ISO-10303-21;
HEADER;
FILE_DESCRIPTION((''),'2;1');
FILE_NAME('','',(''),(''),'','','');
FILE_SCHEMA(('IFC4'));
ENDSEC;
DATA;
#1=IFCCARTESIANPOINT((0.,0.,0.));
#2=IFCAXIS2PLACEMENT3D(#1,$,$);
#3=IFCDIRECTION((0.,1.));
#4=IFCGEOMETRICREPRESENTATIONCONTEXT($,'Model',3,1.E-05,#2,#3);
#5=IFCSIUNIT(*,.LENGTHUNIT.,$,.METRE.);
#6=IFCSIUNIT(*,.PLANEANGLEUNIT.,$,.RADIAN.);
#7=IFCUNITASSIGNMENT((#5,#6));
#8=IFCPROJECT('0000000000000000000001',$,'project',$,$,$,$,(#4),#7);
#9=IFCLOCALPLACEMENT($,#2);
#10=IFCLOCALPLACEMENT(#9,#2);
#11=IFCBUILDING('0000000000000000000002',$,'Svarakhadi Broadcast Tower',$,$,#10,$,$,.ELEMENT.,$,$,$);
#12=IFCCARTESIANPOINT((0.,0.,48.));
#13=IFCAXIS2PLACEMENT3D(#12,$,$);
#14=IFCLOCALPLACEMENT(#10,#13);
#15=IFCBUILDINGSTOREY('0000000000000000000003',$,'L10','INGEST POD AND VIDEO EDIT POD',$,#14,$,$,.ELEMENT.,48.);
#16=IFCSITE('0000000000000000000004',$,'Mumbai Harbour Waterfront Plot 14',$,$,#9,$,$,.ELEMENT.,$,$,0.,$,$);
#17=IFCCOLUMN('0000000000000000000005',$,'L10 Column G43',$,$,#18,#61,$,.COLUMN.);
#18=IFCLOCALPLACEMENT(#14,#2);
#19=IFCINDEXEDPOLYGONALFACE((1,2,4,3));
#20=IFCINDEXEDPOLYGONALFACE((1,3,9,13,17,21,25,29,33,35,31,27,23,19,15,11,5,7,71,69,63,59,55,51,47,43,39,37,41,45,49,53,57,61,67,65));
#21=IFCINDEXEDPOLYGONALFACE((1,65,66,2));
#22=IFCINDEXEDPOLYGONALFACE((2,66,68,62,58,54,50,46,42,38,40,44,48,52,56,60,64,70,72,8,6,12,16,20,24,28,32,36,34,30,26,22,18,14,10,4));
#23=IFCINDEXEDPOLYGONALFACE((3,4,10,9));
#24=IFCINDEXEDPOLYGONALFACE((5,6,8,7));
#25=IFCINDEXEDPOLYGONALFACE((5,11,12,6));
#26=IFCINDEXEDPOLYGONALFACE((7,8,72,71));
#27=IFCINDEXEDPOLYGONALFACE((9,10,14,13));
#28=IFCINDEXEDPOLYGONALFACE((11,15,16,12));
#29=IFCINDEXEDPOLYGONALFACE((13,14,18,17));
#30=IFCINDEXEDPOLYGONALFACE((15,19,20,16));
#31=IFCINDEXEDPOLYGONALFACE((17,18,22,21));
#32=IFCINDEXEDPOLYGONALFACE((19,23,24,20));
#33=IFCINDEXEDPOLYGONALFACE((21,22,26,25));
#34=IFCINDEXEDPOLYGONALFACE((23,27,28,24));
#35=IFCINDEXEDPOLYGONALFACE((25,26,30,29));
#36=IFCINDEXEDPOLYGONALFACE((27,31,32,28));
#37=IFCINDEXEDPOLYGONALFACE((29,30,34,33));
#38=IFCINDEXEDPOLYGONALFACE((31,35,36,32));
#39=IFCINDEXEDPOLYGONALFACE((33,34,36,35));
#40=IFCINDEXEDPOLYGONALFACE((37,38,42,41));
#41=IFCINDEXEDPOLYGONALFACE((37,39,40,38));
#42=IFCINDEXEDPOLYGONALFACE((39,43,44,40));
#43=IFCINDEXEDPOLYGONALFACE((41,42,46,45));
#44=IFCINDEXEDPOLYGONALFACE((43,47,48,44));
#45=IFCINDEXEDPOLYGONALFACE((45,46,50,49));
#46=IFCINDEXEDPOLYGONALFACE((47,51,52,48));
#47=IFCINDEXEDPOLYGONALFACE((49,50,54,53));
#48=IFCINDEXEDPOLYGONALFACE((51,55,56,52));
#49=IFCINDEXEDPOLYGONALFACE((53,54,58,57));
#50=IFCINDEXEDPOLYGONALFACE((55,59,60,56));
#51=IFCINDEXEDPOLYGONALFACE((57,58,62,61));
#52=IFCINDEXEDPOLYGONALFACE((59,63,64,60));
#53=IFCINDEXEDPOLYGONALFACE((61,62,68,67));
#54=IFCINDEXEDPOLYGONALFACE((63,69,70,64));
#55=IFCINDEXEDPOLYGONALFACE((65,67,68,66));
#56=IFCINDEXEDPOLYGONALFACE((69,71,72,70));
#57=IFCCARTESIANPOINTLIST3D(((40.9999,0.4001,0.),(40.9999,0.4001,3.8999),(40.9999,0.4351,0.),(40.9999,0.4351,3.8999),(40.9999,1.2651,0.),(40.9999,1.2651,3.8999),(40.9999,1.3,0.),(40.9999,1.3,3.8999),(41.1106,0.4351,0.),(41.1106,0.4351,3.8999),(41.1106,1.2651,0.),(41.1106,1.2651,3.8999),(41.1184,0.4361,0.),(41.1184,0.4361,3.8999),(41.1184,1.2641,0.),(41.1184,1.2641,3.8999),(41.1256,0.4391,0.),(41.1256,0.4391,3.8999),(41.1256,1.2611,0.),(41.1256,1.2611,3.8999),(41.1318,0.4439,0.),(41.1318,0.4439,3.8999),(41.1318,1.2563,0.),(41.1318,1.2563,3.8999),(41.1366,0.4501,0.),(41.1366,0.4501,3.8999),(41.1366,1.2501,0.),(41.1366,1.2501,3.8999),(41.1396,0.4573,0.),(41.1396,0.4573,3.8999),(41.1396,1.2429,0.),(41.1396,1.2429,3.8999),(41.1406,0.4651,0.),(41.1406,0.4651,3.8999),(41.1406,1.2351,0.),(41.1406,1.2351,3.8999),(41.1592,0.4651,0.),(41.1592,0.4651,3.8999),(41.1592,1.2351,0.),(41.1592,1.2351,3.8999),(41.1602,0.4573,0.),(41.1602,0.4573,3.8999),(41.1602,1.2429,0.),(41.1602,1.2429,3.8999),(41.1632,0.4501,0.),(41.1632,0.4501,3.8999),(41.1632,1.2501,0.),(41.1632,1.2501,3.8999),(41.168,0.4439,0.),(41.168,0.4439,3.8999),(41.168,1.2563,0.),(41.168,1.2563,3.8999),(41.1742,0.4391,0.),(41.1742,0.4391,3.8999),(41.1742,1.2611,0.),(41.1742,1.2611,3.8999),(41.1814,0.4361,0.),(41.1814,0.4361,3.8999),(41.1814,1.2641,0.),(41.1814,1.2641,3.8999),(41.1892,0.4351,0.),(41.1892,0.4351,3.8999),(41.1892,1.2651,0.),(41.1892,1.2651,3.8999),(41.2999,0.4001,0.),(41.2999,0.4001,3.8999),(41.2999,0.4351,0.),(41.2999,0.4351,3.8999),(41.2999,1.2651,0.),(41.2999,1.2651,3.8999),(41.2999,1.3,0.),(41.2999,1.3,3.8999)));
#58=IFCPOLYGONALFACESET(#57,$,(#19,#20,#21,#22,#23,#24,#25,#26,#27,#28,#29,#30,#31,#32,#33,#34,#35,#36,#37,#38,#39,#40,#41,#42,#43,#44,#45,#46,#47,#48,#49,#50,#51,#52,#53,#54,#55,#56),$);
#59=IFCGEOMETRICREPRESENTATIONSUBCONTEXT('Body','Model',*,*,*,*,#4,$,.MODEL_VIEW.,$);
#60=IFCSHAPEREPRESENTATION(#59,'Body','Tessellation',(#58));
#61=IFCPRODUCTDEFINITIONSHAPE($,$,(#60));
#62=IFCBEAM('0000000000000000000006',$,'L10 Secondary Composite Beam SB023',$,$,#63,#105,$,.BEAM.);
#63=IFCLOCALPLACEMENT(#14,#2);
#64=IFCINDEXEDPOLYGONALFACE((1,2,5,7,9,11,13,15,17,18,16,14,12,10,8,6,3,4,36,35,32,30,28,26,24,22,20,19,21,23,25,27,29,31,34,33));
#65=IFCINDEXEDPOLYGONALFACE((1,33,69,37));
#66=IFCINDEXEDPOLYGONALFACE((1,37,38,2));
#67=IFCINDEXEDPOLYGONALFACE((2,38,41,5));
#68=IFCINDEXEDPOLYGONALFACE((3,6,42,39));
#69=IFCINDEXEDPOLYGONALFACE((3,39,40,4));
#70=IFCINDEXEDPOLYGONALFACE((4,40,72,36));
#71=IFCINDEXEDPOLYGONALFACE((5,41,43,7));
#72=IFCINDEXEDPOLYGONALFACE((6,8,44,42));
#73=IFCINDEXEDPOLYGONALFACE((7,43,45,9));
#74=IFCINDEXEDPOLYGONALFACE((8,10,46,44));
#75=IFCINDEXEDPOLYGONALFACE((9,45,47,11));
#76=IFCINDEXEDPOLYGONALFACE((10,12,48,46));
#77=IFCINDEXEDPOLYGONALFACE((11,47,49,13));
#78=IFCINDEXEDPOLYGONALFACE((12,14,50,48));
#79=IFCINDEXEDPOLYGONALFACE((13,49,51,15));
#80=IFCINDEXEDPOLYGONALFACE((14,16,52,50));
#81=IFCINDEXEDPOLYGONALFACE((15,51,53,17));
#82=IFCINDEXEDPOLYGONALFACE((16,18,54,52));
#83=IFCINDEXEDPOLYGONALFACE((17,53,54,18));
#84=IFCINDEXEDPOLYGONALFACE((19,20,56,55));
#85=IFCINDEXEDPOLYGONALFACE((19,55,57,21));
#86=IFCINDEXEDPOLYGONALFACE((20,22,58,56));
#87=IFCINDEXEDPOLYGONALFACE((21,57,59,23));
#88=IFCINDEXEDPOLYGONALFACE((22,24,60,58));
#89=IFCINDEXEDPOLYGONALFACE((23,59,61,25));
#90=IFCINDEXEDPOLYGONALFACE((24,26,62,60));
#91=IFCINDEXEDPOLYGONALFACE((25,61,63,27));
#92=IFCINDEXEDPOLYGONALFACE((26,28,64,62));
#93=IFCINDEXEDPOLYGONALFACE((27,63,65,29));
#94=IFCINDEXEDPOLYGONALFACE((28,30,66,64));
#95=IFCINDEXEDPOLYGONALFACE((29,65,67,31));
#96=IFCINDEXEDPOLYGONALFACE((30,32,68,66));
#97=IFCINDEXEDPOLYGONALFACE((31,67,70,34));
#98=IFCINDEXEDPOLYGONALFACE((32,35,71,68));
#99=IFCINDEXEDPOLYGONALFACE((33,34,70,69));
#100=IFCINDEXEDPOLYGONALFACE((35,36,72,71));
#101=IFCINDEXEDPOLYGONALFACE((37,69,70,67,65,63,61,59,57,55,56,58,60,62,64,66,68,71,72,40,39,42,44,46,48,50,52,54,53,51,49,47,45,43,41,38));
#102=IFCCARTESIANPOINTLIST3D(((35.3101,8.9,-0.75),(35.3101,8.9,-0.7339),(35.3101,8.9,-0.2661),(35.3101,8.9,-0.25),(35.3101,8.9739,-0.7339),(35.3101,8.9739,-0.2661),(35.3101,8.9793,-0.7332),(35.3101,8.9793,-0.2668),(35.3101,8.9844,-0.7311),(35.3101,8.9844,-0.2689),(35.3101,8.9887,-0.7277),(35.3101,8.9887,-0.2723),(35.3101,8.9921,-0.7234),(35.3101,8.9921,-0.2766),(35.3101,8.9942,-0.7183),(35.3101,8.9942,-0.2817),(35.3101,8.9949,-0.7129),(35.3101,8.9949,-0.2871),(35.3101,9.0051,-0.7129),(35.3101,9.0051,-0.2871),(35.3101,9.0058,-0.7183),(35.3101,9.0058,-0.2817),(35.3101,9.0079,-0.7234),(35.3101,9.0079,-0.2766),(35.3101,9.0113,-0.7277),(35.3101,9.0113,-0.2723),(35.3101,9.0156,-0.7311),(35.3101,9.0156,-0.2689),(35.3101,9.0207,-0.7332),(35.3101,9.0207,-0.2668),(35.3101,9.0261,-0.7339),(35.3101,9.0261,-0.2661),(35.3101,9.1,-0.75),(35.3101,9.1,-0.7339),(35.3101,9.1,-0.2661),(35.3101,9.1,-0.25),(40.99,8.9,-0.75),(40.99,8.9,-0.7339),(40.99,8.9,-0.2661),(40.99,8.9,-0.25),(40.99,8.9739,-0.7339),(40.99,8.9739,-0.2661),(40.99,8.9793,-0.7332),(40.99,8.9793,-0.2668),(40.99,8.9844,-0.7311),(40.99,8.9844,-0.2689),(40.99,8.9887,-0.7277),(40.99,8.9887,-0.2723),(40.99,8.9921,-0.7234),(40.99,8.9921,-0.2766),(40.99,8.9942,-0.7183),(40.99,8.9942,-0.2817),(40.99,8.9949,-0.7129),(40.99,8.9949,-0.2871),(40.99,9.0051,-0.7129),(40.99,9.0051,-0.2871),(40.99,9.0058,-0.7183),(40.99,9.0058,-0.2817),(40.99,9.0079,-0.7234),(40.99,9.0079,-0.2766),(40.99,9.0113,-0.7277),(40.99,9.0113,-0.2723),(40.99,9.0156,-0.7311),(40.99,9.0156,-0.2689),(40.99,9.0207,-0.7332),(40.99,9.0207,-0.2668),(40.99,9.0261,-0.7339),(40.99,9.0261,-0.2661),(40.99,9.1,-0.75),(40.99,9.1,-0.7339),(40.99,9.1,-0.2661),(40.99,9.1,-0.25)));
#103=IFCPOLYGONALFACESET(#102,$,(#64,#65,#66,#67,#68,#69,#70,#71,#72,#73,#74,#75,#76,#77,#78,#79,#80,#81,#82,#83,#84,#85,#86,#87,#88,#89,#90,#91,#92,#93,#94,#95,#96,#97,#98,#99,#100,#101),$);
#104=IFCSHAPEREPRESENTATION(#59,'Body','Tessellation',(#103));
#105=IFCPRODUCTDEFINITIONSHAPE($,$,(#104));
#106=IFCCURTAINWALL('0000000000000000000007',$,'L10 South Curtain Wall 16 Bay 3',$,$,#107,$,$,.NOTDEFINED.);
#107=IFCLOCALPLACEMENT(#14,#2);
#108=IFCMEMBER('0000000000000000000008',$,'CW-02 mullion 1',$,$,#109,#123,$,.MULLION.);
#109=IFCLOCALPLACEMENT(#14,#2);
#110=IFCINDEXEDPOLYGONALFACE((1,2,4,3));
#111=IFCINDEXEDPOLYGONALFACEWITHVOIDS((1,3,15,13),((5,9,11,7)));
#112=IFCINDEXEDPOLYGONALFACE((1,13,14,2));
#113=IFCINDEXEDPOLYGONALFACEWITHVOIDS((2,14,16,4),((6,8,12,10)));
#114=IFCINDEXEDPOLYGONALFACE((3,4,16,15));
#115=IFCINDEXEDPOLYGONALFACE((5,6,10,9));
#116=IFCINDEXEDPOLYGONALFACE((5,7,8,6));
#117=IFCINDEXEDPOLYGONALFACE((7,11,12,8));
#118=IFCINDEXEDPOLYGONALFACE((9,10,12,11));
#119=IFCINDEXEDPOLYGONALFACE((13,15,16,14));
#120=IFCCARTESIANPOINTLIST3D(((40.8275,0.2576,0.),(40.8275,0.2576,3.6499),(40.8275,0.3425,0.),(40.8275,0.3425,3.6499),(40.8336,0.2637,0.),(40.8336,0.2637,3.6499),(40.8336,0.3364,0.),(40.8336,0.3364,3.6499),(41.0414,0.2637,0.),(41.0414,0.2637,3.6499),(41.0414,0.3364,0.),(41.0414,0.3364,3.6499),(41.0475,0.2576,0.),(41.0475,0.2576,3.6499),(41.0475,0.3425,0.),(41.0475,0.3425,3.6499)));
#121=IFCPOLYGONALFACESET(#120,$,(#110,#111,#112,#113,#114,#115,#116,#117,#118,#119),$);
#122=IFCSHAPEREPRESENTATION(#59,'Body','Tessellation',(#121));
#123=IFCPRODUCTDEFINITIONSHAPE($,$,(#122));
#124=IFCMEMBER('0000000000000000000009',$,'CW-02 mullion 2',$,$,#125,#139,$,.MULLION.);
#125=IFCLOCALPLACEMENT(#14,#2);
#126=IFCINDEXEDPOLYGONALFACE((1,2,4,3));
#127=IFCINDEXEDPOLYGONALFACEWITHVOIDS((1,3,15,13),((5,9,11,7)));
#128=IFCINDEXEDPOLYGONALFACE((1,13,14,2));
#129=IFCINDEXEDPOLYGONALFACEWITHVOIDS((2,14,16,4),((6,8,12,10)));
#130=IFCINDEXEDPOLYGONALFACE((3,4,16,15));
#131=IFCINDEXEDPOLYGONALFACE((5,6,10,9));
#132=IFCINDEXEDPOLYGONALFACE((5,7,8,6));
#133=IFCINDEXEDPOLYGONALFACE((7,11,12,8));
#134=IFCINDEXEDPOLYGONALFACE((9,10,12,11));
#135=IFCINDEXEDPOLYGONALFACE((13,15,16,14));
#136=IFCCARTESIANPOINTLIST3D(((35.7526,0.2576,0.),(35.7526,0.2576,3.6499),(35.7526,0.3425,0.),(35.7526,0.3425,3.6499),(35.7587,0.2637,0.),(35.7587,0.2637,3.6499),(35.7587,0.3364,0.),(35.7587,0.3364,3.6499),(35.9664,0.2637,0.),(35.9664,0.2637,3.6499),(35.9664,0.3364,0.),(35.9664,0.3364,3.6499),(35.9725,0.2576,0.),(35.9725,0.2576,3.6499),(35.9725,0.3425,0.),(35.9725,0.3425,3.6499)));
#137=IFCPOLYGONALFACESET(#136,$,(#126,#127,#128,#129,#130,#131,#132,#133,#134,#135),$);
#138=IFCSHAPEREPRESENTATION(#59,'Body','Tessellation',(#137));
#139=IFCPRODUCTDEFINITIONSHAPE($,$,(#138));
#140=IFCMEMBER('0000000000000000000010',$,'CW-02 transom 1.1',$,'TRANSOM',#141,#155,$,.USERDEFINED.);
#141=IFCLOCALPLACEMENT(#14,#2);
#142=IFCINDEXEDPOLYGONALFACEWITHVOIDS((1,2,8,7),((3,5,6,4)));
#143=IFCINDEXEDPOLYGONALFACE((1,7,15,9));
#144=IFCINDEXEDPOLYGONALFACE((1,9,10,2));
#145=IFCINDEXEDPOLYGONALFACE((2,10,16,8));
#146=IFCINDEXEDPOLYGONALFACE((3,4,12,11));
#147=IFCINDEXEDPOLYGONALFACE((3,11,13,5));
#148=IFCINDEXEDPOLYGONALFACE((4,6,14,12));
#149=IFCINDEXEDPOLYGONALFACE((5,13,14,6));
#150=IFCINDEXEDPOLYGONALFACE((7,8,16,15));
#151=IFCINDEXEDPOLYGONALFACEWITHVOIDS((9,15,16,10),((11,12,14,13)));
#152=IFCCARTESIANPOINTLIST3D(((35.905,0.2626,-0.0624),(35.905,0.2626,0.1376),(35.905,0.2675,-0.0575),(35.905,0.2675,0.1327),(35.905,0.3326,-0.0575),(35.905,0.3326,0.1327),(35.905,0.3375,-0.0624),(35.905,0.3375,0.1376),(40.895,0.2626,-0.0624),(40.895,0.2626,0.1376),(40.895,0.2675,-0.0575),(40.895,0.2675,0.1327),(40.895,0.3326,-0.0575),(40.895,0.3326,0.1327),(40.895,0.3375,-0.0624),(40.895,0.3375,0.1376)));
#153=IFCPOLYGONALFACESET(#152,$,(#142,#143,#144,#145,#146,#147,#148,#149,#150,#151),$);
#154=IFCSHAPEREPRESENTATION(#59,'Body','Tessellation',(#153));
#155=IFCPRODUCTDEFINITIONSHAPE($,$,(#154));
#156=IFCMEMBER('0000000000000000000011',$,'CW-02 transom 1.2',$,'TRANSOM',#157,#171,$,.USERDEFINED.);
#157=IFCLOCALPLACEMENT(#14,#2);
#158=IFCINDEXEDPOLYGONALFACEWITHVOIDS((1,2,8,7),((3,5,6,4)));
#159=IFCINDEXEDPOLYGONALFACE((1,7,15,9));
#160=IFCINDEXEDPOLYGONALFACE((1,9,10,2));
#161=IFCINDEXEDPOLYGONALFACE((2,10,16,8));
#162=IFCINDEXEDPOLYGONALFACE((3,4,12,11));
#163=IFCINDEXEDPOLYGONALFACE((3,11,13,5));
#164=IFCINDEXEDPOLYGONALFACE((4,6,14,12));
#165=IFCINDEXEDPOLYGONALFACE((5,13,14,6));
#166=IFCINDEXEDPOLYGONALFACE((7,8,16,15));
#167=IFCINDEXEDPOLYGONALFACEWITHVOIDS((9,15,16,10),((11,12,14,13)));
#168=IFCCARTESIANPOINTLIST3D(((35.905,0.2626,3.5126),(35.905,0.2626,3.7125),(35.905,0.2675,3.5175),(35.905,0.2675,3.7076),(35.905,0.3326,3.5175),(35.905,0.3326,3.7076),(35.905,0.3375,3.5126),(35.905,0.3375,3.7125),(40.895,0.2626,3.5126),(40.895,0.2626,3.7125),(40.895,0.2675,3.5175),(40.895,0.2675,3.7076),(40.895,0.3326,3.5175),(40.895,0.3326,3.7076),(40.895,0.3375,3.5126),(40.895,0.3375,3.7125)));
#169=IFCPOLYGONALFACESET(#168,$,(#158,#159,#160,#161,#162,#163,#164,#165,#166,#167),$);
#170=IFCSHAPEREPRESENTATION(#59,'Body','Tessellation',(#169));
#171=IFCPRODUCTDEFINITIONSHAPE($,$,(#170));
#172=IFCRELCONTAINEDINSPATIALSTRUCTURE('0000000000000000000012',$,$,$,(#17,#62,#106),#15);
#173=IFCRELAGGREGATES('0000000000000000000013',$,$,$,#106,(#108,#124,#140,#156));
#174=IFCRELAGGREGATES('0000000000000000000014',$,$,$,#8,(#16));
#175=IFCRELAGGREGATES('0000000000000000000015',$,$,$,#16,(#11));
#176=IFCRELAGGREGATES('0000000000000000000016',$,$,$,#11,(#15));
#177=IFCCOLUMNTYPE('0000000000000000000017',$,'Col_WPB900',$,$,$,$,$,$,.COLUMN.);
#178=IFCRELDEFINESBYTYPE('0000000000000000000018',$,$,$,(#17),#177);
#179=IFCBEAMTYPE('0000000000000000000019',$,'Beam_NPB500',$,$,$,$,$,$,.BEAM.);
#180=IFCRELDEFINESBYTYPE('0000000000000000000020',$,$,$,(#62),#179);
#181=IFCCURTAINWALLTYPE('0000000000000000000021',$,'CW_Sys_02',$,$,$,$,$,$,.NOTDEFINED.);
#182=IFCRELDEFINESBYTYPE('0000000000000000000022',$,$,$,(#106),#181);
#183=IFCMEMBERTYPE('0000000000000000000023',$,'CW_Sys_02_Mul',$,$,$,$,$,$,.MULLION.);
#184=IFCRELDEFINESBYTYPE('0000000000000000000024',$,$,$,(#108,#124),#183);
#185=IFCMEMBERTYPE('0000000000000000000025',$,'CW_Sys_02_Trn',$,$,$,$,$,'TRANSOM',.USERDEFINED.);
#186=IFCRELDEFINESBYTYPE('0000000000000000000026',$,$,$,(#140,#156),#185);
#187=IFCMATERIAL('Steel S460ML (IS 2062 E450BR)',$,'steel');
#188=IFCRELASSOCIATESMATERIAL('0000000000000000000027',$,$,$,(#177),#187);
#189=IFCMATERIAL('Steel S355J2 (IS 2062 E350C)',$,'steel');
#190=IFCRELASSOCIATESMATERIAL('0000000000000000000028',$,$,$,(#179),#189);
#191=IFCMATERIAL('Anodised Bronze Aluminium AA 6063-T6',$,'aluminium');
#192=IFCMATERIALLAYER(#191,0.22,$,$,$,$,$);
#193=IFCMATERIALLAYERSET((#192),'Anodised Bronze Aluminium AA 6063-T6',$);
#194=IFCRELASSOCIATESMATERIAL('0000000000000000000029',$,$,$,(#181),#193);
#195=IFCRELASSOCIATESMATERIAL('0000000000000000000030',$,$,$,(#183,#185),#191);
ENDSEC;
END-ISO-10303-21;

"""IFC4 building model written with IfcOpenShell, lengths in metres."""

from ifc_helpers import new_model, si_unit, direction, frame, origin, origin_2d, place, context, subcontext, project, spatial, hollow_rectangle, i_section, extrude, material, layer, layer_set, material_profile, profile_set, type_object, element, aggregate, save


model = new_model("IFC4")

# Units and contexts
model_context = context("Model", 3, precision=1e-05, world=origin(), true_north=direction((0.0, 1.0)))
body_context = subcontext(model_context, "Body", "Model", "MODEL_VIEW")
ifc_project = project(units=[si_unit("LENGTHUNIT", "METRE"), si_unit("PLANEANGLEUNIT", "RADIAN")], contexts=[model_context])

# Site, building, storey
site_placement = place(None, origin())
site = spatial("IfcSite", under=ifc_project, at=site_placement, Name="Mumbai Harbour Waterfront Plot 14", CompositionType="ELEMENT", RefElevation=0.0)
building_placement = place(site_placement, origin())
building = spatial("IfcBuilding", under=site, at=building_placement, Name="Svarakhadi Broadcast Tower", CompositionType="ELEMENT")
storey_placement = place(building_placement, frame((0.0, 0.0, 48.0)))
storey = spatial("IfcBuildingStorey", under=building, at=storey_placement, Name="L10", Description="INGEST POD AND VIDEO EDIT POD", CompositionType="ELEMENT", Elevation=48.0)

# Column
ifc_material_1 = material(Name="Steel S460ML (IS 2062 E450BR)", Category="steel")
ifc_material_profile_1 = material_profile(ifc_material_1, i_section(OverallWidth=0.3, OverallDepth=0.8999, WebThickness=0.0186, FlangeThickness=0.0349, FilletRadius=0.03, at=origin_2d()), Name="WPB 900x300x291")
ifc_profile_set_1 = profile_set([ifc_material_profile_1], Name="Steel S460ML (IS 2062 E450BR)")
column_type = type_object("IfcColumnType", Name="Col_WPB900", PredefinedType="COLUMN", material=ifc_profile_set_1)
column_placement = place(storey_placement, frame((41.1499, 0.8501, 0.0), z_axis=(0.0, 0.0, 1.0), x_axis=(1.0, 0.0, 0.0)))
element("IfcColumn", 1, at=column_placement, inside=storey, type_object=column_type, Name="L10 Column G43", PredefinedType="COLUMN", context=body_context, shape_type="SweptSolid", body=[
    extrude(i_section(OverallWidth=0.3, OverallDepth=0.8999, WebThickness=0.0186, FlangeThickness=0.0349, FilletRadius=0.03, at=origin_2d()), origin(), (0.0, 0.0, 1.0), 3.8999),
])

# Beam
ifc_material_2 = material(Name="Steel S355J2 (IS 2062 E350C)", Category="steel")
ifc_material_profile_2 = material_profile(ifc_material_2, i_section(OverallWidth=0.2, OverallDepth=0.5, WebThickness=0.0103, FlangeThickness=0.0161, FilletRadius=0.021, at=origin_2d()), Name="NPB 500x200x91")
ifc_profile_set_2 = profile_set([ifc_material_profile_2], Name="Steel S355J2 (IS 2062 E350C)")
beam_type_1 = type_object("IfcBeamType", Name="Beam_NPB500", PredefinedType="BEAM", material=ifc_profile_set_2)
beam_1_placement = place(storey_placement, frame((35.3101, 9.0, -0.5), z_axis=(1.0, 0.0, 0.0), x_axis=(0.0, 1.0, 0.0)))
element("IfcBeam", 2, at=beam_1_placement, inside=storey, type_object=beam_type_1, Name="L10 Secondary Composite Beam SB023", PredefinedType="BEAM", context=body_context, shape_type="SweptSolid", body=[
    extrude(i_section(OverallWidth=0.2, OverallDepth=0.5, WebThickness=0.0103, FlangeThickness=0.0161, FilletRadius=0.021, at=origin_2d()), origin(), (0.0, 0.0, 1.0), 5.6799),
])

# Curtain wall, members
ifc_material_3 = material(Name="Anodised Bronze Aluminium AA 6063-T6", Category="aluminium")
ifc_layer_1 = layer(ifc_material_3, 0.22)
ifc_layer_set_1 = layer_set([ifc_layer_1], Name="Anodised Bronze Aluminium AA 6063-T6")
curtain_wall_type = type_object("IfcCurtainWallType", Name="CW_Sys_02", PredefinedType="NOTDEFINED", material=ifc_layer_set_1)
curtain_wall_placement = place(storey_placement, origin())
curtain_wall = element("IfcCurtainWall", 3, at=curtain_wall_placement, inside=storey, type_object=curtain_wall_type, Name="L10 South Curtain Wall 16 Bay 3", PredefinedType="NOTDEFINED")
ifc_material_profile_3 = material_profile(ifc_material_3, hollow_rectangle(XDim=0.085, YDim=0.22, WallThickness=0.0061, at=origin_2d()), Name="ALU MULLION 220x85x6")
ifc_profile_set_3 = profile_set([ifc_material_profile_3], Name="Anodised Bronze Aluminium AA 6063-T6")
member_type_1 = type_object("IfcMemberType", Name="CW_Sys_02_Mul", PredefinedType="MULLION", material=ifc_profile_set_3)
member_1_placement = place(storey_placement, frame((40.9375, 0.3, 0.0), z_axis=(0.0, 0.0, 1.0), x_axis=(0.0, -1.0, 0.0)))
member_1 = element("IfcMember", 4, at=member_1_placement, type_object=member_type_1, Name="CW-02 mullion 1", PredefinedType="MULLION", context=body_context, shape_type="SweptSolid", body=[
    extrude(hollow_rectangle(XDim=0.085, YDim=0.22, WallThickness=0.0061, at=origin_2d()), origin(), (0.0, 0.0, 1.0), 3.6499),
])
member_2_placement = place(storey_placement, frame((35.8625, 0.3, 0.0), z_axis=(0.0, 0.0, 1.0), x_axis=(0.0, -1.0, 0.0)))
member_2 = element("IfcMember", 5, at=member_2_placement, type_object=member_type_1, Name="CW-02 mullion 2", PredefinedType="MULLION", context=body_context, shape_type="SweptSolid", body=[
    extrude(hollow_rectangle(XDim=0.085, YDim=0.22, WallThickness=0.0061, at=origin_2d()), origin(), (0.0, 0.0, 1.0), 3.6499),
])
ifc_material_profile_4 = material_profile(ifc_material_3, hollow_rectangle(XDim=0.075, YDim=0.2, WallThickness=0.0049, at=origin_2d()), Name="ALU TRANSOM 200x75x5")
ifc_profile_set_4 = profile_set([ifc_material_profile_4], Name="Anodised Bronze Aluminium AA 6063-T6")
member_type_2 = type_object("IfcMemberType", Name="CW_Sys_02_Trn", ElementType="TRANSOM", PredefinedType="USERDEFINED", material=ifc_profile_set_4)
member_3_placement = place(storey_placement, frame((40.895, 0.3, 0.0376), z_axis=(-1.0, 0.0, 0.0), x_axis=(0.0, -1.0, 0.0)))
member_3 = element("IfcMember", 6, at=member_3_placement, type_object=member_type_2, Name="CW-02 transom 1.1", ObjectType="TRANSOM", PredefinedType="USERDEFINED", context=body_context, shape_type="SweptSolid", body=[
    extrude(hollow_rectangle(XDim=0.075, YDim=0.2, WallThickness=0.0049, at=origin_2d()), origin(), (0.0, 0.0, 1.0), 4.99),
])
member_4_placement = place(storey_placement, frame((40.895, 0.3, 3.6125), z_axis=(-1.0, 0.0, 0.0), x_axis=(0.0, -1.0, 0.0)))
member_4 = element("IfcMember", 7, at=member_4_placement, type_object=member_type_2, Name="CW-02 transom 1.2", ObjectType="TRANSOM", PredefinedType="USERDEFINED", context=body_context, shape_type="SweptSolid", body=[
    extrude(hollow_rectangle(XDim=0.075, YDim=0.2, WallThickness=0.0049, at=origin_2d()), origin(), (0.0, 0.0, 1.0), 4.99),
])

aggregate(curtain_wall, [member_1, member_2, member_3, member_4])

save(model, "model.ifc")
